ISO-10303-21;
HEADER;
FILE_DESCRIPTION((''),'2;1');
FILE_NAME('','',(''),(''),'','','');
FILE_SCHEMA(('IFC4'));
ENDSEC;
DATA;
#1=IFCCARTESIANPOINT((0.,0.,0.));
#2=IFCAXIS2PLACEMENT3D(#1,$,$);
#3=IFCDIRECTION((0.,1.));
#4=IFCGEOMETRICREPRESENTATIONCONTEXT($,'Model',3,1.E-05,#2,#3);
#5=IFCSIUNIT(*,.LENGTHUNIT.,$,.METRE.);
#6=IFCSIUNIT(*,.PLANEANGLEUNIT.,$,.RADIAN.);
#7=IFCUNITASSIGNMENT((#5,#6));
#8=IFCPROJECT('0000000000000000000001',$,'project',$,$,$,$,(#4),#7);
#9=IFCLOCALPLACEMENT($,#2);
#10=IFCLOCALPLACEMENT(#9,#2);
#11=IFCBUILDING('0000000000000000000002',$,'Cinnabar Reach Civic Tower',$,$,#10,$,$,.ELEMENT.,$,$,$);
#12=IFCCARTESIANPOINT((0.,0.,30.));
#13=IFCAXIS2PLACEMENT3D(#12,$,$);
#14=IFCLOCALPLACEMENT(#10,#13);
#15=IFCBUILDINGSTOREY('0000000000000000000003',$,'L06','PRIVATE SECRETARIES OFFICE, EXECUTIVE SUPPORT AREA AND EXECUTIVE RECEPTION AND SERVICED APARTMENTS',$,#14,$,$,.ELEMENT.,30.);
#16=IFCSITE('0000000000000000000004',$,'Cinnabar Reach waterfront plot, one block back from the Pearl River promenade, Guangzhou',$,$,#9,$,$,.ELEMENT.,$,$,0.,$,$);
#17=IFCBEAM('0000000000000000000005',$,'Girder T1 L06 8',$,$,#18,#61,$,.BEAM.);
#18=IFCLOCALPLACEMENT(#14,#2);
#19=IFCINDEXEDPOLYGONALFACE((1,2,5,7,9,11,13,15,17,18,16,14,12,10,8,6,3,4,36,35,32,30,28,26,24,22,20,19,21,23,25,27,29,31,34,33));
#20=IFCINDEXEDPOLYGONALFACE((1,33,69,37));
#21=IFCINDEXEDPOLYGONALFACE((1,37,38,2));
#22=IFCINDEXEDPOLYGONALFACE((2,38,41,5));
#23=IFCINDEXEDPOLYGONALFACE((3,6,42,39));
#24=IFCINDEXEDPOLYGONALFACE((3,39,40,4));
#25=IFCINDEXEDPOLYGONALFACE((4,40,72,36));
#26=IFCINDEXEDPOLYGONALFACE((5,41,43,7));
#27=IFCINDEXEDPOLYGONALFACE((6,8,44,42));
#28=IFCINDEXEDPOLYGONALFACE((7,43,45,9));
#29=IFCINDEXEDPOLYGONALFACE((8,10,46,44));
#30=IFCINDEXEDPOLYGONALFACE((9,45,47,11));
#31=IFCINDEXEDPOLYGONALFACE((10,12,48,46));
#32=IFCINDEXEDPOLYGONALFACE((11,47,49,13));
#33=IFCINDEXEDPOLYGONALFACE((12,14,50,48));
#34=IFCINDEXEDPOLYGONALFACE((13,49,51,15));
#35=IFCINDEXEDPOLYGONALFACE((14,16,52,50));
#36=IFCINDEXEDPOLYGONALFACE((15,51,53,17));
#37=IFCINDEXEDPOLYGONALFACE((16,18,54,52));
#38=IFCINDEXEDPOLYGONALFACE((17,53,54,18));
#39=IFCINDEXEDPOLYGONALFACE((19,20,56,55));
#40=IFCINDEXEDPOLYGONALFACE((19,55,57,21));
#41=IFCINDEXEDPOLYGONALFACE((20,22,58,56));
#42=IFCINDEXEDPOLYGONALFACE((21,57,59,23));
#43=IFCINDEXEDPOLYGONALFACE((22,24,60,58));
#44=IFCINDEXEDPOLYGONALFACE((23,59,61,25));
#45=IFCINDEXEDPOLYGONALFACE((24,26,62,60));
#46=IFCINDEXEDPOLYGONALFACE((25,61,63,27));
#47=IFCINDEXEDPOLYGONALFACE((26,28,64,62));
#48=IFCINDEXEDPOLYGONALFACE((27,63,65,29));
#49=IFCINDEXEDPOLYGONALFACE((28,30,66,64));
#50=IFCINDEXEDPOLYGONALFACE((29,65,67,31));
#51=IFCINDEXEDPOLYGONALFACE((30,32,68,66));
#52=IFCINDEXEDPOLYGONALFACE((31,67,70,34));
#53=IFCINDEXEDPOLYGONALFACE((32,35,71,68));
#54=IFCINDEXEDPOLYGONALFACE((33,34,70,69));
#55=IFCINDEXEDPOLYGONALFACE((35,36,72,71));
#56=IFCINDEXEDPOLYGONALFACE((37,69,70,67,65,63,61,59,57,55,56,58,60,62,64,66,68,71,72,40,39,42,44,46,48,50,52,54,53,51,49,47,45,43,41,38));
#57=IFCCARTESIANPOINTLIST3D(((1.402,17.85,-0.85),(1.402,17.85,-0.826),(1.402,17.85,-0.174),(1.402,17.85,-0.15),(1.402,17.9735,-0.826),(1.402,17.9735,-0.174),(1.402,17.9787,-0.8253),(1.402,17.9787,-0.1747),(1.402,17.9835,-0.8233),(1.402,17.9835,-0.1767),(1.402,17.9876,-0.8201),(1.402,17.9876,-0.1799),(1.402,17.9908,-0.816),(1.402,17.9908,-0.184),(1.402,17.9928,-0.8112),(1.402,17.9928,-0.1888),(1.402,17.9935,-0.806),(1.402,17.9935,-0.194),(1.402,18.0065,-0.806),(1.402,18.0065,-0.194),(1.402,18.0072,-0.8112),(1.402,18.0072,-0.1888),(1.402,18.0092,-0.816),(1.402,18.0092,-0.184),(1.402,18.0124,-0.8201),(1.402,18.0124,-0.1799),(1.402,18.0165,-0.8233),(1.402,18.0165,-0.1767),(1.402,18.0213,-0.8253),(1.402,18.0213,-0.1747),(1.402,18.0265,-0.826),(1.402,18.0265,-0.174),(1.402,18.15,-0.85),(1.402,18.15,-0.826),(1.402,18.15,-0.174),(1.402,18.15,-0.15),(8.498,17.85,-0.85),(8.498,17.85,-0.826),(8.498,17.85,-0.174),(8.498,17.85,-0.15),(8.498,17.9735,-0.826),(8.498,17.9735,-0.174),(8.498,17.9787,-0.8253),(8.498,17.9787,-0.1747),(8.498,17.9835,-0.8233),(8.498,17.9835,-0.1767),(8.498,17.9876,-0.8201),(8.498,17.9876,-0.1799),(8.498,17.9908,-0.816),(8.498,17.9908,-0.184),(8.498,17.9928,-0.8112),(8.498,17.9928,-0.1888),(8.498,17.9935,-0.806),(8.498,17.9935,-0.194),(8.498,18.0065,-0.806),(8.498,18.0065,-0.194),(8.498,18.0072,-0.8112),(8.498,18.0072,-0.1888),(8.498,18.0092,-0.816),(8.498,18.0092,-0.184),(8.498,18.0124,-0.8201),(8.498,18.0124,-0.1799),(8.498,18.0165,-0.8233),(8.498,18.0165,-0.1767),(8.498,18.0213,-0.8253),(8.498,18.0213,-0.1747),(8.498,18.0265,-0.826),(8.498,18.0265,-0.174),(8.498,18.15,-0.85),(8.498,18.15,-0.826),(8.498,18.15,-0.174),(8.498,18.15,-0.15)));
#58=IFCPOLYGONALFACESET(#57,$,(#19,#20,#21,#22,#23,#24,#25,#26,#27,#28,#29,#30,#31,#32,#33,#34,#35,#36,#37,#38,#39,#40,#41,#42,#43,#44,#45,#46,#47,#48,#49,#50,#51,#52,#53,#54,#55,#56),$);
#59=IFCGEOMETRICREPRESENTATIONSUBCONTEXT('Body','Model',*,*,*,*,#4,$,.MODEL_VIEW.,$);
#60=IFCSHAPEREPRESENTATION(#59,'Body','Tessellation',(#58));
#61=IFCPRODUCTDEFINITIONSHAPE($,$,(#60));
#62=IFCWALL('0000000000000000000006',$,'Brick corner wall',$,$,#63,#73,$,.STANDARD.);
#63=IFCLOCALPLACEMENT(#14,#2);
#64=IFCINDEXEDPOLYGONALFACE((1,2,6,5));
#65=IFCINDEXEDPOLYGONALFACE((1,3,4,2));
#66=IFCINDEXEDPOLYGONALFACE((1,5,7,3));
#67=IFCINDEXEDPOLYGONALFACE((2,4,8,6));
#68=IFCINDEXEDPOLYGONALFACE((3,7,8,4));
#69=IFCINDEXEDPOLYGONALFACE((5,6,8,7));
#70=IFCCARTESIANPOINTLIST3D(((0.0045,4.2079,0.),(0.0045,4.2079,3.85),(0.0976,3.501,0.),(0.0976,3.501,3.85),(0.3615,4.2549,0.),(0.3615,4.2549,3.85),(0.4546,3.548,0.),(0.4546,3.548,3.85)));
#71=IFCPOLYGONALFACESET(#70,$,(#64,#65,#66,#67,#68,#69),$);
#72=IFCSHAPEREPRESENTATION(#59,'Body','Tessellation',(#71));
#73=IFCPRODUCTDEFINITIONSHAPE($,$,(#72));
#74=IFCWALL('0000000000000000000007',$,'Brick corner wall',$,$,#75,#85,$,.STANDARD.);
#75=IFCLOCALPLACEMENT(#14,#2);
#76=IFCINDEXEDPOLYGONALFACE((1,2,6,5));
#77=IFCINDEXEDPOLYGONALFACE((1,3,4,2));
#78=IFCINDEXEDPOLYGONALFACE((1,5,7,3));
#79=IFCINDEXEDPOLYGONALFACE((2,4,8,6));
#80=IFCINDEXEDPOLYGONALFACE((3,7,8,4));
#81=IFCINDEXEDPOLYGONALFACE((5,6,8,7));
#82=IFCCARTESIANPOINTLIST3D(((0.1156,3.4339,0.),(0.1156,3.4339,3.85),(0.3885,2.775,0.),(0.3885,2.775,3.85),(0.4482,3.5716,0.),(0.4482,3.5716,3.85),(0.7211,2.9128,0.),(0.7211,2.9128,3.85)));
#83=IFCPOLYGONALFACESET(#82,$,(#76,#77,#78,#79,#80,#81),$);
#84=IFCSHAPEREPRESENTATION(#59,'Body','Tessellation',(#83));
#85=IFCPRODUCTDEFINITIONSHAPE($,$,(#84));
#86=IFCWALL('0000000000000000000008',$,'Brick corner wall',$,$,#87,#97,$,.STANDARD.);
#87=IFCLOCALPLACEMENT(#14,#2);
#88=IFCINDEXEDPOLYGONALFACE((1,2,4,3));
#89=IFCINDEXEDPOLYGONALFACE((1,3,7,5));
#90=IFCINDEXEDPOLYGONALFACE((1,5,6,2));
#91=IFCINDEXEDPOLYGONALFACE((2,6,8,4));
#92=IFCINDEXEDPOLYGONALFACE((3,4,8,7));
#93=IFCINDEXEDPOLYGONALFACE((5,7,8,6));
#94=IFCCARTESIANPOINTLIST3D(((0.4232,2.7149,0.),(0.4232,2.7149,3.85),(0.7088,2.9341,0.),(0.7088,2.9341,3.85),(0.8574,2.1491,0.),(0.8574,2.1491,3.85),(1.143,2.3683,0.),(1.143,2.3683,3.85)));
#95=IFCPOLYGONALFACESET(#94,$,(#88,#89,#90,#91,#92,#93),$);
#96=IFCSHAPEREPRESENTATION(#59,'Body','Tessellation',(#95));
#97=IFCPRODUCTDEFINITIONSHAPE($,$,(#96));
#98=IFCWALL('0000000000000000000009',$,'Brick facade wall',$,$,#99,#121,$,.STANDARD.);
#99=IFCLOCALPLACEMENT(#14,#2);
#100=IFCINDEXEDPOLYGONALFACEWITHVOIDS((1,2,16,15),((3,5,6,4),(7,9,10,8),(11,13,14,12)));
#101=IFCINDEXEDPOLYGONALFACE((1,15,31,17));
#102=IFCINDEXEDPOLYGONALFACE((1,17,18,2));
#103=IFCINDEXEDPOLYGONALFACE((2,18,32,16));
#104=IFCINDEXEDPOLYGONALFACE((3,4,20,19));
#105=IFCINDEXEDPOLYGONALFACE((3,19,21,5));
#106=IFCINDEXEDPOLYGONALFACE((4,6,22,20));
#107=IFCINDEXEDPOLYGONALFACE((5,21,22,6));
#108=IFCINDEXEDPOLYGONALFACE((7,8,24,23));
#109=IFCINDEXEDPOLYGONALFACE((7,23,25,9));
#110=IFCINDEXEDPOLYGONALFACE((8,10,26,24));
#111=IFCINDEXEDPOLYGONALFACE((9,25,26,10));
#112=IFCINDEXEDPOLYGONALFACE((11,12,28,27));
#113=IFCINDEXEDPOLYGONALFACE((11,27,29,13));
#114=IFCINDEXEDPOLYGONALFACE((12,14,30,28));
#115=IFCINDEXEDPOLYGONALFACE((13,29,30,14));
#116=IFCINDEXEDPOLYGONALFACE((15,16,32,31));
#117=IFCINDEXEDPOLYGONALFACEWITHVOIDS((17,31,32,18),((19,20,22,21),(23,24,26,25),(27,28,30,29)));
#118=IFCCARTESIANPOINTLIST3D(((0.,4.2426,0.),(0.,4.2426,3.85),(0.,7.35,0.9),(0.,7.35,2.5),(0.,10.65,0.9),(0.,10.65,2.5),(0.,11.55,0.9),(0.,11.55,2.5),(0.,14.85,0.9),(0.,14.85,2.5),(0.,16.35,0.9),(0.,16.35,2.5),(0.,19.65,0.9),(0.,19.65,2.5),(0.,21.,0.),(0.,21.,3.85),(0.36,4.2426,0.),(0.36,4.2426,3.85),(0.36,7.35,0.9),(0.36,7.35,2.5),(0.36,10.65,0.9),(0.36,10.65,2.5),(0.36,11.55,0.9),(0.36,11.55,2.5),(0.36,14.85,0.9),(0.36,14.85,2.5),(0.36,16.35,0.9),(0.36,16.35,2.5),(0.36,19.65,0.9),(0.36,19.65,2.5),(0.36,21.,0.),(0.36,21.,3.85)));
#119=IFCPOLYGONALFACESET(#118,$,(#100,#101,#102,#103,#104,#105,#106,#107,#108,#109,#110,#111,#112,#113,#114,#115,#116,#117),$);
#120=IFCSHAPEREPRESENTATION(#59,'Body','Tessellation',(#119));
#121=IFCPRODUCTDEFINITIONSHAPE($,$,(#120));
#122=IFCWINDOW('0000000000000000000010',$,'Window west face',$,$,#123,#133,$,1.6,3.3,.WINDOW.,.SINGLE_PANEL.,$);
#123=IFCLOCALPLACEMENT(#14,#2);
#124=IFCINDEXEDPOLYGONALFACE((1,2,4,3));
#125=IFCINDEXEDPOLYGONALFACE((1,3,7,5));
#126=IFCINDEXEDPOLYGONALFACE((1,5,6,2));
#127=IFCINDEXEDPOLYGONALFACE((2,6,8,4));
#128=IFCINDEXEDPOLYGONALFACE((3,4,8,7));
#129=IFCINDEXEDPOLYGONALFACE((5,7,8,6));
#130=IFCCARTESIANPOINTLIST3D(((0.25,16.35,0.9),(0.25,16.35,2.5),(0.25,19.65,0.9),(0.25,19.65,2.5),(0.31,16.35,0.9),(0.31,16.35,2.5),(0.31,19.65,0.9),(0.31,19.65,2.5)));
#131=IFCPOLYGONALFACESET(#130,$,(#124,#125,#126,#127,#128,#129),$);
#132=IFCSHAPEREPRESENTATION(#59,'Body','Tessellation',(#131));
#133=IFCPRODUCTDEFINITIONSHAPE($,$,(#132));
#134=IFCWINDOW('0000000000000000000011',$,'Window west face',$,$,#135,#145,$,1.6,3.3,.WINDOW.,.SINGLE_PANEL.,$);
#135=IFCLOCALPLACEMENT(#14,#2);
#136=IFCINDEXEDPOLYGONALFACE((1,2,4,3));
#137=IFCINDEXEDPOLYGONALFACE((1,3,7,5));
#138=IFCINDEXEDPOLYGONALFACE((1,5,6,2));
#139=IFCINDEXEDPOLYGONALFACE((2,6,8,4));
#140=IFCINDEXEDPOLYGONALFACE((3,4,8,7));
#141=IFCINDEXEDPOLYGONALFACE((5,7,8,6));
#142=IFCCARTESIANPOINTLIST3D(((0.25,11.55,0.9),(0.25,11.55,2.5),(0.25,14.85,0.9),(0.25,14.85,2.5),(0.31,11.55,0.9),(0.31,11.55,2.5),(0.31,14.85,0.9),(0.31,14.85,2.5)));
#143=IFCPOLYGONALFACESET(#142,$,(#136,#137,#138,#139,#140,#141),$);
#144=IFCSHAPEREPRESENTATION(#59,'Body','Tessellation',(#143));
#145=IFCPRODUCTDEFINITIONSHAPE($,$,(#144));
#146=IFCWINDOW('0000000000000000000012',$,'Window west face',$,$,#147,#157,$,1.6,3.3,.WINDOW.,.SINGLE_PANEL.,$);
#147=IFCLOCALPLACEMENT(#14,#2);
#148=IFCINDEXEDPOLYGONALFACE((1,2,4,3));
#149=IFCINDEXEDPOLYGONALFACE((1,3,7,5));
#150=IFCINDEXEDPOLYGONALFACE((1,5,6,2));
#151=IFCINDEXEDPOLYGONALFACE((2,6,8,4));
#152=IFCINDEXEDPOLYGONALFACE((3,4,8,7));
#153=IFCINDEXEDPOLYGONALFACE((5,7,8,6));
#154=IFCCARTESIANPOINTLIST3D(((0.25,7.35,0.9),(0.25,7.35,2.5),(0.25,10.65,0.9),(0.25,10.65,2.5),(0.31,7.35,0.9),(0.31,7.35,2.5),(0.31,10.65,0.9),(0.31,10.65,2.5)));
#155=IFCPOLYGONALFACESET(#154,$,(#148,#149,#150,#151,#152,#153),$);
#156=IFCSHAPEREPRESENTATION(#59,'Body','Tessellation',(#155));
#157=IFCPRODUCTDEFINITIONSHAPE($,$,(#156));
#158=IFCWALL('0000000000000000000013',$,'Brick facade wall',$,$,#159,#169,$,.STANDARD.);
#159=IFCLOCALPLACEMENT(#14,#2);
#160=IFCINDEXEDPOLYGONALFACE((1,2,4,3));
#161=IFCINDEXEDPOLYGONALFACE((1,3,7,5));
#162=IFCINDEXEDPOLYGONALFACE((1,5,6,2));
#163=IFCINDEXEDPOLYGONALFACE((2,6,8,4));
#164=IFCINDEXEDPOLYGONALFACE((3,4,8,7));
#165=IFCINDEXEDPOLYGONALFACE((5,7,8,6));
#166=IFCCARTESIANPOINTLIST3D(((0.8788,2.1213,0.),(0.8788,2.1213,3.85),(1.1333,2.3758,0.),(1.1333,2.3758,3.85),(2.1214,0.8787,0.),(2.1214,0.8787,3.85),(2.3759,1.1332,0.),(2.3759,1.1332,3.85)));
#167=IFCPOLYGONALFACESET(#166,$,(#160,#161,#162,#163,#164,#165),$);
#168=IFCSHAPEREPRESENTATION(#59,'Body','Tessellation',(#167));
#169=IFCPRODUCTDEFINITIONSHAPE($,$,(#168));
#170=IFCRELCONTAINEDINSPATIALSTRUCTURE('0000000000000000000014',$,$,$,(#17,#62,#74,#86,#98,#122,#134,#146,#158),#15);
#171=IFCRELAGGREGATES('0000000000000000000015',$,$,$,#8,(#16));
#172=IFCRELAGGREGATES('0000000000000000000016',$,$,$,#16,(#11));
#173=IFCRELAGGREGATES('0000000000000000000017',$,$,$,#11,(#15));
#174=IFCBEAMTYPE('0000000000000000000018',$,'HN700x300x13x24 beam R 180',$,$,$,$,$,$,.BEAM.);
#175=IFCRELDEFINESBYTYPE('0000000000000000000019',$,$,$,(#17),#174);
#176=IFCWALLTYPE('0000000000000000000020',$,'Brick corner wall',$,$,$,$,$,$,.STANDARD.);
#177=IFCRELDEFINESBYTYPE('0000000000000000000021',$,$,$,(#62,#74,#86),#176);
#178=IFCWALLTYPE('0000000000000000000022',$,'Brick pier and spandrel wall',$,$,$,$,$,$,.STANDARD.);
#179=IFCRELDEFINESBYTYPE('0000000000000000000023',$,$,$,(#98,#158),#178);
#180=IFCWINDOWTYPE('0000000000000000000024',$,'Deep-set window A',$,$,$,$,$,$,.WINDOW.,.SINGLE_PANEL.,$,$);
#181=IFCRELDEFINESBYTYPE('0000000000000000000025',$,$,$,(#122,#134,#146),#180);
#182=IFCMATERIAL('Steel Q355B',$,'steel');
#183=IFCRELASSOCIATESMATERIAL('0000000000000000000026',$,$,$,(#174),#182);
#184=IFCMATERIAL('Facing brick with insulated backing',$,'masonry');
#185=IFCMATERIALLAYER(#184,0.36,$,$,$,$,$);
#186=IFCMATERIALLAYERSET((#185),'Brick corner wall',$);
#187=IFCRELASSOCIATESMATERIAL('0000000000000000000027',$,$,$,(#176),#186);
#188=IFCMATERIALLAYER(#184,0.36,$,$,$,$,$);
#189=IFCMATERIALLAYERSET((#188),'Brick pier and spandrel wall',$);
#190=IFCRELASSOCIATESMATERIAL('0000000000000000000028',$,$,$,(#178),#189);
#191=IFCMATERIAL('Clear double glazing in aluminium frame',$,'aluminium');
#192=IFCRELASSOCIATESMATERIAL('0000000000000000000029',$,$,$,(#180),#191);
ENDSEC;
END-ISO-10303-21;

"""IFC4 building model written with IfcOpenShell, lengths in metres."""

from ifc_helpers import new_model, si_unit, direction, frame, frame_2d, origin, origin_2d, place, context, subcontext, project, spatial, rectangle, i_section, extrude, material, layer, layer_set, material_profile, profile_set, type_object, element, fill, save


model = new_model("IFC4")

# Units and contexts
model_context = context("Model", 3, precision=1e-05, world=origin(), true_north=direction((0.0, 1.0)))
body_context = subcontext(model_context, "Body", "Model", "MODEL_VIEW")
ifc_project = project(units=[si_unit("LENGTHUNIT", "METRE"), si_unit("PLANEANGLEUNIT", "RADIAN")], contexts=[model_context])

# Site, building, storey
site_placement = place(None, origin())
site = spatial("IfcSite", under=ifc_project, at=site_placement, Name="Cinnabar Reach waterfront plot, one block back from the Pearl River promenade, Guangzhou", CompositionType="ELEMENT", RefElevation=0.0)
building_placement = place(site_placement, origin())
building = spatial("IfcBuilding", under=site, at=building_placement, Name="Cinnabar Reach Civic Tower", CompositionType="ELEMENT")
storey_placement = place(building_placement, frame((0.0, 0.0, 30.0)))
storey = spatial("IfcBuildingStorey", under=building, at=storey_placement, Name="L06", Description="PRIVATE SECRETARIES OFFICE, EXECUTIVE SUPPORT AREA AND EXECUTIVE RECEPTION AND SERVICED APARTMENTS", CompositionType="ELEMENT", Elevation=30.0)

# Beam
ifc_material_1 = material(Name="Steel Q355B", Category="steel")
ifc_material_profile_1 = material_profile(ifc_material_1, i_section(OverallWidth=0.3, OverallDepth=0.7, WebThickness=0.013, FlangeThickness=0.024, FilletRadius=0.02, at=origin_2d()), Name="HN700x300x13x24")
ifc_profile_set_1 = profile_set([ifc_material_profile_1], Name="Steel Q355B")
beam_type_1 = type_object("IfcBeamType", Name="HN700x300x13x24 beam R 180", PredefinedType="BEAM", material=ifc_profile_set_1)
for number, where, z_axis, x_axis, name in (
    (1, (1.402, 18.0, -0.5), (1.0, 0.0, 0.0), (0.0, 1.0, 0.0), "Girder T1 L06 8"),
):
    element("IfcBeam", number, at=place(storey_placement, frame(where, z_axis=z_axis, x_axis=x_axis)), inside=storey, type_object=beam_type_1, Name=name, PredefinedType="BEAM", context=body_context, shape_type="SweptSolid", body=[
        extrude(i_section(OverallWidth=0.3, OverallDepth=0.7, WebThickness=0.013, FlangeThickness=0.024, FilletRadius=0.02, at=origin_2d()), origin(), (0.0, 0.0, 1.0), 7.096),
    ])

# Walls
ifc_material_2 = material(Name="Facing brick with insulated backing", Category="masonry")
ifc_layer_1 = layer(ifc_material_2, 0.36)
ifc_layer_set_1 = layer_set([ifc_layer_1], Name="Brick corner wall")
wall_type_1 = type_object("IfcWallType", Name="Brick corner wall", PredefinedType="STANDARD", material=ifc_layer_set_1)
for number, where, z_axis, x_axis, name in (
    (2, (0.183, 4.2314, 0.0), (0.0, 0.0, 1.0), (0.130556, -0.991441, 0.0), "Brick corner wall"),
    (3, (0.2819, 3.5027, 0.0), (0.0, 0.0, 1.0), (0.382703, -0.923872, 0.0), "Brick corner wall"),
):
    element("IfcWall", number, at=place(storey_placement, frame(where, z_axis=z_axis, x_axis=x_axis)), inside=storey, type_object=wall_type_1, Name=name, PredefinedType="STANDARD", context=body_context, shape_type="SweptSolid", body=[
        extrude(rectangle(XDim=0.7131, YDim=0.36, at=frame_2d((0.3565, 0.0))), origin(), (0.0, 0.0, 1.0), 3.85),
    ])
wall_1_placement = place(storey_placement, frame((0.566, 2.8245, 0.0), z_axis=(0.0, 0.0, 1.0), x_axis=(0.608802, -0.793322, 0.0)))
element("IfcWall", 4, at=wall_1_placement, inside=storey, type_object=wall_type_1, Name="Brick corner wall", PredefinedType="STANDARD", context=body_context, shape_type="SweptSolid", body=[
    extrude(rectangle(XDim=0.7132, YDim=0.36, at=frame_2d((0.3566, 0.0))), origin(), (0.0, 0.0, 1.0), 3.85),
])

# Wall, openings, windows
ifc_layer_2 = layer(ifc_material_2, 0.36)
ifc_layer_set_2 = layer_set([ifc_layer_2], Name="Brick pier and spandrel wall")
wall_type_2 = type_object("IfcWallType", Name="Brick pier and spandrel wall", PredefinedType="STANDARD", material=ifc_layer_set_2)
wall_2_placement = place(storey_placement, frame((0.18, 21.0, 0.0), z_axis=(0.0, 0.0, 1.0), x_axis=(0.0, -1.0, 0.0)))
wall_2 = element("IfcWall", 5, at=wall_2_placement, inside=storey, type_object=wall_type_2, Name="Brick facade wall", PredefinedType="STANDARD", context=body_context, shape_type="SweptSolid", body=[
    extrude(rectangle(XDim=16.7574, YDim=0.36, at=frame_2d((8.3787, 0.0))), origin(), (0.0, 0.0, 1.0), 3.85),
])
opening_1_placement = place(wall_2_placement, frame((1.35, 0.0, 0.9)))
opening_1 = element("IfcOpeningElement", 6, at=opening_1_placement, cuts=wall_2, PredefinedType="OPENING", context=body_context, shape_type="SweptSolid", body=[
    extrude(rectangle(XDim=3.3, YDim=1.6, at=frame_2d((1.65, 0.8))), frame((0.0, 0.19, 0.0), z_axis=(0.0, -1.0, 0.0), x_axis=(1.0, 0.0, 0.0)), (0.0, 0.0, 1.0), 0.38),
])
opening_2_placement = place(wall_2_placement, frame((6.15, 0.0, 0.9)))
opening_2 = element("IfcOpeningElement", 7, at=opening_2_placement, cuts=wall_2, PredefinedType="OPENING", context=body_context, shape_type="SweptSolid", body=[
    extrude(rectangle(XDim=3.3, YDim=1.6, at=frame_2d((1.65, 0.8))), frame((0.0, 0.19, 0.0), z_axis=(0.0, -1.0, 0.0), x_axis=(1.0, 0.0, 0.0)), (0.0, 0.0, 1.0), 0.38),
])
opening_3_placement = place(wall_2_placement, frame((10.35, 0.0, 0.9)))
opening_3 = element("IfcOpeningElement", 8, at=opening_3_placement, cuts=wall_2, PredefinedType="OPENING", context=body_context, shape_type="SweptSolid", body=[
    extrude(rectangle(XDim=3.3, YDim=1.6, at=frame_2d((1.65, 0.8))), frame((0.0, 0.19, 0.0), z_axis=(0.0, -1.0, 0.0), x_axis=(1.0, 0.0, 0.0)), (0.0, 0.0, 1.0), 0.38),
])
ifc_material_3 = material(Name="Clear double glazing in aluminium frame", Category="aluminium")
window_type = type_object("IfcWindowType", Name="Deep-set window A", PartitioningType="SINGLE_PANEL", PredefinedType="WINDOW", material=ifc_material_3)
window_1_placement = place(opening_1_placement, origin())
window_1 = element("IfcWindow", 9, at=window_1_placement, inside=storey, type_object=window_type, Name="Window west face", OverallHeight=1.6, OverallWidth=3.3, PartitioningType="SINGLE_PANEL", PredefinedType="WINDOW", context=body_context, shape_type="SweptSolid", body=[
    extrude(rectangle(XDim=3.3, YDim=1.6, at=frame_2d((1.65, 0.8))), frame((0.0, 0.13, 0.0), z_axis=(0.0, -1.0, 0.0), x_axis=(1.0, 0.0, 0.0)), (0.0, 0.0, 1.0), 0.06),
])
fill(opening_1, window_1)
window_2_placement = place(opening_2_placement, origin())
window_2 = element("IfcWindow", 10, at=window_2_placement, inside=storey, type_object=window_type, Name="Window west face", OverallHeight=1.6, OverallWidth=3.3, PartitioningType="SINGLE_PANEL", PredefinedType="WINDOW", context=body_context, shape_type="SweptSolid", body=[
    extrude(rectangle(XDim=3.3, YDim=1.6, at=frame_2d((1.65, 0.8))), frame((0.0, 0.13, 0.0), z_axis=(0.0, -1.0, 0.0), x_axis=(1.0, 0.0, 0.0)), (0.0, 0.0, 1.0), 0.06),
])
fill(opening_2, window_2)
window_3_placement = place(opening_3_placement, origin())
window_3 = element("IfcWindow", 11, at=window_3_placement, inside=storey, type_object=window_type, Name="Window west face", OverallHeight=1.6, OverallWidth=3.3, PartitioningType="SINGLE_PANEL", PredefinedType="WINDOW", context=body_context, shape_type="SweptSolid", body=[
    extrude(rectangle(XDim=3.3, YDim=1.6, at=frame_2d((1.65, 0.8))), frame((0.0, 0.13, 0.0), z_axis=(0.0, -1.0, 0.0), x_axis=(1.0, 0.0, 0.0)), (0.0, 0.0, 1.0), 0.06),
])
fill(opening_3, window_3)

# Wall
wall_3_placement = place(storey_placement, frame((1.006, 2.2486, 0.0), z_axis=(0.0, 0.0, 1.0), x_axis=(0.707107, -0.707107, 0.0)))
element("IfcWall", 12, at=wall_3_placement, inside=storey, type_object=wall_type_2, Name="Brick facade wall", PredefinedType="STANDARD", context=body_context, shape_type="SweptSolid", body=[
    extrude(rectangle(XDim=1.7573, YDim=0.36, at=frame_2d((0.8787, 0.0))), origin(), (0.0, 0.0, 1.0), 3.85),
])

save(model, "model.ifc")
